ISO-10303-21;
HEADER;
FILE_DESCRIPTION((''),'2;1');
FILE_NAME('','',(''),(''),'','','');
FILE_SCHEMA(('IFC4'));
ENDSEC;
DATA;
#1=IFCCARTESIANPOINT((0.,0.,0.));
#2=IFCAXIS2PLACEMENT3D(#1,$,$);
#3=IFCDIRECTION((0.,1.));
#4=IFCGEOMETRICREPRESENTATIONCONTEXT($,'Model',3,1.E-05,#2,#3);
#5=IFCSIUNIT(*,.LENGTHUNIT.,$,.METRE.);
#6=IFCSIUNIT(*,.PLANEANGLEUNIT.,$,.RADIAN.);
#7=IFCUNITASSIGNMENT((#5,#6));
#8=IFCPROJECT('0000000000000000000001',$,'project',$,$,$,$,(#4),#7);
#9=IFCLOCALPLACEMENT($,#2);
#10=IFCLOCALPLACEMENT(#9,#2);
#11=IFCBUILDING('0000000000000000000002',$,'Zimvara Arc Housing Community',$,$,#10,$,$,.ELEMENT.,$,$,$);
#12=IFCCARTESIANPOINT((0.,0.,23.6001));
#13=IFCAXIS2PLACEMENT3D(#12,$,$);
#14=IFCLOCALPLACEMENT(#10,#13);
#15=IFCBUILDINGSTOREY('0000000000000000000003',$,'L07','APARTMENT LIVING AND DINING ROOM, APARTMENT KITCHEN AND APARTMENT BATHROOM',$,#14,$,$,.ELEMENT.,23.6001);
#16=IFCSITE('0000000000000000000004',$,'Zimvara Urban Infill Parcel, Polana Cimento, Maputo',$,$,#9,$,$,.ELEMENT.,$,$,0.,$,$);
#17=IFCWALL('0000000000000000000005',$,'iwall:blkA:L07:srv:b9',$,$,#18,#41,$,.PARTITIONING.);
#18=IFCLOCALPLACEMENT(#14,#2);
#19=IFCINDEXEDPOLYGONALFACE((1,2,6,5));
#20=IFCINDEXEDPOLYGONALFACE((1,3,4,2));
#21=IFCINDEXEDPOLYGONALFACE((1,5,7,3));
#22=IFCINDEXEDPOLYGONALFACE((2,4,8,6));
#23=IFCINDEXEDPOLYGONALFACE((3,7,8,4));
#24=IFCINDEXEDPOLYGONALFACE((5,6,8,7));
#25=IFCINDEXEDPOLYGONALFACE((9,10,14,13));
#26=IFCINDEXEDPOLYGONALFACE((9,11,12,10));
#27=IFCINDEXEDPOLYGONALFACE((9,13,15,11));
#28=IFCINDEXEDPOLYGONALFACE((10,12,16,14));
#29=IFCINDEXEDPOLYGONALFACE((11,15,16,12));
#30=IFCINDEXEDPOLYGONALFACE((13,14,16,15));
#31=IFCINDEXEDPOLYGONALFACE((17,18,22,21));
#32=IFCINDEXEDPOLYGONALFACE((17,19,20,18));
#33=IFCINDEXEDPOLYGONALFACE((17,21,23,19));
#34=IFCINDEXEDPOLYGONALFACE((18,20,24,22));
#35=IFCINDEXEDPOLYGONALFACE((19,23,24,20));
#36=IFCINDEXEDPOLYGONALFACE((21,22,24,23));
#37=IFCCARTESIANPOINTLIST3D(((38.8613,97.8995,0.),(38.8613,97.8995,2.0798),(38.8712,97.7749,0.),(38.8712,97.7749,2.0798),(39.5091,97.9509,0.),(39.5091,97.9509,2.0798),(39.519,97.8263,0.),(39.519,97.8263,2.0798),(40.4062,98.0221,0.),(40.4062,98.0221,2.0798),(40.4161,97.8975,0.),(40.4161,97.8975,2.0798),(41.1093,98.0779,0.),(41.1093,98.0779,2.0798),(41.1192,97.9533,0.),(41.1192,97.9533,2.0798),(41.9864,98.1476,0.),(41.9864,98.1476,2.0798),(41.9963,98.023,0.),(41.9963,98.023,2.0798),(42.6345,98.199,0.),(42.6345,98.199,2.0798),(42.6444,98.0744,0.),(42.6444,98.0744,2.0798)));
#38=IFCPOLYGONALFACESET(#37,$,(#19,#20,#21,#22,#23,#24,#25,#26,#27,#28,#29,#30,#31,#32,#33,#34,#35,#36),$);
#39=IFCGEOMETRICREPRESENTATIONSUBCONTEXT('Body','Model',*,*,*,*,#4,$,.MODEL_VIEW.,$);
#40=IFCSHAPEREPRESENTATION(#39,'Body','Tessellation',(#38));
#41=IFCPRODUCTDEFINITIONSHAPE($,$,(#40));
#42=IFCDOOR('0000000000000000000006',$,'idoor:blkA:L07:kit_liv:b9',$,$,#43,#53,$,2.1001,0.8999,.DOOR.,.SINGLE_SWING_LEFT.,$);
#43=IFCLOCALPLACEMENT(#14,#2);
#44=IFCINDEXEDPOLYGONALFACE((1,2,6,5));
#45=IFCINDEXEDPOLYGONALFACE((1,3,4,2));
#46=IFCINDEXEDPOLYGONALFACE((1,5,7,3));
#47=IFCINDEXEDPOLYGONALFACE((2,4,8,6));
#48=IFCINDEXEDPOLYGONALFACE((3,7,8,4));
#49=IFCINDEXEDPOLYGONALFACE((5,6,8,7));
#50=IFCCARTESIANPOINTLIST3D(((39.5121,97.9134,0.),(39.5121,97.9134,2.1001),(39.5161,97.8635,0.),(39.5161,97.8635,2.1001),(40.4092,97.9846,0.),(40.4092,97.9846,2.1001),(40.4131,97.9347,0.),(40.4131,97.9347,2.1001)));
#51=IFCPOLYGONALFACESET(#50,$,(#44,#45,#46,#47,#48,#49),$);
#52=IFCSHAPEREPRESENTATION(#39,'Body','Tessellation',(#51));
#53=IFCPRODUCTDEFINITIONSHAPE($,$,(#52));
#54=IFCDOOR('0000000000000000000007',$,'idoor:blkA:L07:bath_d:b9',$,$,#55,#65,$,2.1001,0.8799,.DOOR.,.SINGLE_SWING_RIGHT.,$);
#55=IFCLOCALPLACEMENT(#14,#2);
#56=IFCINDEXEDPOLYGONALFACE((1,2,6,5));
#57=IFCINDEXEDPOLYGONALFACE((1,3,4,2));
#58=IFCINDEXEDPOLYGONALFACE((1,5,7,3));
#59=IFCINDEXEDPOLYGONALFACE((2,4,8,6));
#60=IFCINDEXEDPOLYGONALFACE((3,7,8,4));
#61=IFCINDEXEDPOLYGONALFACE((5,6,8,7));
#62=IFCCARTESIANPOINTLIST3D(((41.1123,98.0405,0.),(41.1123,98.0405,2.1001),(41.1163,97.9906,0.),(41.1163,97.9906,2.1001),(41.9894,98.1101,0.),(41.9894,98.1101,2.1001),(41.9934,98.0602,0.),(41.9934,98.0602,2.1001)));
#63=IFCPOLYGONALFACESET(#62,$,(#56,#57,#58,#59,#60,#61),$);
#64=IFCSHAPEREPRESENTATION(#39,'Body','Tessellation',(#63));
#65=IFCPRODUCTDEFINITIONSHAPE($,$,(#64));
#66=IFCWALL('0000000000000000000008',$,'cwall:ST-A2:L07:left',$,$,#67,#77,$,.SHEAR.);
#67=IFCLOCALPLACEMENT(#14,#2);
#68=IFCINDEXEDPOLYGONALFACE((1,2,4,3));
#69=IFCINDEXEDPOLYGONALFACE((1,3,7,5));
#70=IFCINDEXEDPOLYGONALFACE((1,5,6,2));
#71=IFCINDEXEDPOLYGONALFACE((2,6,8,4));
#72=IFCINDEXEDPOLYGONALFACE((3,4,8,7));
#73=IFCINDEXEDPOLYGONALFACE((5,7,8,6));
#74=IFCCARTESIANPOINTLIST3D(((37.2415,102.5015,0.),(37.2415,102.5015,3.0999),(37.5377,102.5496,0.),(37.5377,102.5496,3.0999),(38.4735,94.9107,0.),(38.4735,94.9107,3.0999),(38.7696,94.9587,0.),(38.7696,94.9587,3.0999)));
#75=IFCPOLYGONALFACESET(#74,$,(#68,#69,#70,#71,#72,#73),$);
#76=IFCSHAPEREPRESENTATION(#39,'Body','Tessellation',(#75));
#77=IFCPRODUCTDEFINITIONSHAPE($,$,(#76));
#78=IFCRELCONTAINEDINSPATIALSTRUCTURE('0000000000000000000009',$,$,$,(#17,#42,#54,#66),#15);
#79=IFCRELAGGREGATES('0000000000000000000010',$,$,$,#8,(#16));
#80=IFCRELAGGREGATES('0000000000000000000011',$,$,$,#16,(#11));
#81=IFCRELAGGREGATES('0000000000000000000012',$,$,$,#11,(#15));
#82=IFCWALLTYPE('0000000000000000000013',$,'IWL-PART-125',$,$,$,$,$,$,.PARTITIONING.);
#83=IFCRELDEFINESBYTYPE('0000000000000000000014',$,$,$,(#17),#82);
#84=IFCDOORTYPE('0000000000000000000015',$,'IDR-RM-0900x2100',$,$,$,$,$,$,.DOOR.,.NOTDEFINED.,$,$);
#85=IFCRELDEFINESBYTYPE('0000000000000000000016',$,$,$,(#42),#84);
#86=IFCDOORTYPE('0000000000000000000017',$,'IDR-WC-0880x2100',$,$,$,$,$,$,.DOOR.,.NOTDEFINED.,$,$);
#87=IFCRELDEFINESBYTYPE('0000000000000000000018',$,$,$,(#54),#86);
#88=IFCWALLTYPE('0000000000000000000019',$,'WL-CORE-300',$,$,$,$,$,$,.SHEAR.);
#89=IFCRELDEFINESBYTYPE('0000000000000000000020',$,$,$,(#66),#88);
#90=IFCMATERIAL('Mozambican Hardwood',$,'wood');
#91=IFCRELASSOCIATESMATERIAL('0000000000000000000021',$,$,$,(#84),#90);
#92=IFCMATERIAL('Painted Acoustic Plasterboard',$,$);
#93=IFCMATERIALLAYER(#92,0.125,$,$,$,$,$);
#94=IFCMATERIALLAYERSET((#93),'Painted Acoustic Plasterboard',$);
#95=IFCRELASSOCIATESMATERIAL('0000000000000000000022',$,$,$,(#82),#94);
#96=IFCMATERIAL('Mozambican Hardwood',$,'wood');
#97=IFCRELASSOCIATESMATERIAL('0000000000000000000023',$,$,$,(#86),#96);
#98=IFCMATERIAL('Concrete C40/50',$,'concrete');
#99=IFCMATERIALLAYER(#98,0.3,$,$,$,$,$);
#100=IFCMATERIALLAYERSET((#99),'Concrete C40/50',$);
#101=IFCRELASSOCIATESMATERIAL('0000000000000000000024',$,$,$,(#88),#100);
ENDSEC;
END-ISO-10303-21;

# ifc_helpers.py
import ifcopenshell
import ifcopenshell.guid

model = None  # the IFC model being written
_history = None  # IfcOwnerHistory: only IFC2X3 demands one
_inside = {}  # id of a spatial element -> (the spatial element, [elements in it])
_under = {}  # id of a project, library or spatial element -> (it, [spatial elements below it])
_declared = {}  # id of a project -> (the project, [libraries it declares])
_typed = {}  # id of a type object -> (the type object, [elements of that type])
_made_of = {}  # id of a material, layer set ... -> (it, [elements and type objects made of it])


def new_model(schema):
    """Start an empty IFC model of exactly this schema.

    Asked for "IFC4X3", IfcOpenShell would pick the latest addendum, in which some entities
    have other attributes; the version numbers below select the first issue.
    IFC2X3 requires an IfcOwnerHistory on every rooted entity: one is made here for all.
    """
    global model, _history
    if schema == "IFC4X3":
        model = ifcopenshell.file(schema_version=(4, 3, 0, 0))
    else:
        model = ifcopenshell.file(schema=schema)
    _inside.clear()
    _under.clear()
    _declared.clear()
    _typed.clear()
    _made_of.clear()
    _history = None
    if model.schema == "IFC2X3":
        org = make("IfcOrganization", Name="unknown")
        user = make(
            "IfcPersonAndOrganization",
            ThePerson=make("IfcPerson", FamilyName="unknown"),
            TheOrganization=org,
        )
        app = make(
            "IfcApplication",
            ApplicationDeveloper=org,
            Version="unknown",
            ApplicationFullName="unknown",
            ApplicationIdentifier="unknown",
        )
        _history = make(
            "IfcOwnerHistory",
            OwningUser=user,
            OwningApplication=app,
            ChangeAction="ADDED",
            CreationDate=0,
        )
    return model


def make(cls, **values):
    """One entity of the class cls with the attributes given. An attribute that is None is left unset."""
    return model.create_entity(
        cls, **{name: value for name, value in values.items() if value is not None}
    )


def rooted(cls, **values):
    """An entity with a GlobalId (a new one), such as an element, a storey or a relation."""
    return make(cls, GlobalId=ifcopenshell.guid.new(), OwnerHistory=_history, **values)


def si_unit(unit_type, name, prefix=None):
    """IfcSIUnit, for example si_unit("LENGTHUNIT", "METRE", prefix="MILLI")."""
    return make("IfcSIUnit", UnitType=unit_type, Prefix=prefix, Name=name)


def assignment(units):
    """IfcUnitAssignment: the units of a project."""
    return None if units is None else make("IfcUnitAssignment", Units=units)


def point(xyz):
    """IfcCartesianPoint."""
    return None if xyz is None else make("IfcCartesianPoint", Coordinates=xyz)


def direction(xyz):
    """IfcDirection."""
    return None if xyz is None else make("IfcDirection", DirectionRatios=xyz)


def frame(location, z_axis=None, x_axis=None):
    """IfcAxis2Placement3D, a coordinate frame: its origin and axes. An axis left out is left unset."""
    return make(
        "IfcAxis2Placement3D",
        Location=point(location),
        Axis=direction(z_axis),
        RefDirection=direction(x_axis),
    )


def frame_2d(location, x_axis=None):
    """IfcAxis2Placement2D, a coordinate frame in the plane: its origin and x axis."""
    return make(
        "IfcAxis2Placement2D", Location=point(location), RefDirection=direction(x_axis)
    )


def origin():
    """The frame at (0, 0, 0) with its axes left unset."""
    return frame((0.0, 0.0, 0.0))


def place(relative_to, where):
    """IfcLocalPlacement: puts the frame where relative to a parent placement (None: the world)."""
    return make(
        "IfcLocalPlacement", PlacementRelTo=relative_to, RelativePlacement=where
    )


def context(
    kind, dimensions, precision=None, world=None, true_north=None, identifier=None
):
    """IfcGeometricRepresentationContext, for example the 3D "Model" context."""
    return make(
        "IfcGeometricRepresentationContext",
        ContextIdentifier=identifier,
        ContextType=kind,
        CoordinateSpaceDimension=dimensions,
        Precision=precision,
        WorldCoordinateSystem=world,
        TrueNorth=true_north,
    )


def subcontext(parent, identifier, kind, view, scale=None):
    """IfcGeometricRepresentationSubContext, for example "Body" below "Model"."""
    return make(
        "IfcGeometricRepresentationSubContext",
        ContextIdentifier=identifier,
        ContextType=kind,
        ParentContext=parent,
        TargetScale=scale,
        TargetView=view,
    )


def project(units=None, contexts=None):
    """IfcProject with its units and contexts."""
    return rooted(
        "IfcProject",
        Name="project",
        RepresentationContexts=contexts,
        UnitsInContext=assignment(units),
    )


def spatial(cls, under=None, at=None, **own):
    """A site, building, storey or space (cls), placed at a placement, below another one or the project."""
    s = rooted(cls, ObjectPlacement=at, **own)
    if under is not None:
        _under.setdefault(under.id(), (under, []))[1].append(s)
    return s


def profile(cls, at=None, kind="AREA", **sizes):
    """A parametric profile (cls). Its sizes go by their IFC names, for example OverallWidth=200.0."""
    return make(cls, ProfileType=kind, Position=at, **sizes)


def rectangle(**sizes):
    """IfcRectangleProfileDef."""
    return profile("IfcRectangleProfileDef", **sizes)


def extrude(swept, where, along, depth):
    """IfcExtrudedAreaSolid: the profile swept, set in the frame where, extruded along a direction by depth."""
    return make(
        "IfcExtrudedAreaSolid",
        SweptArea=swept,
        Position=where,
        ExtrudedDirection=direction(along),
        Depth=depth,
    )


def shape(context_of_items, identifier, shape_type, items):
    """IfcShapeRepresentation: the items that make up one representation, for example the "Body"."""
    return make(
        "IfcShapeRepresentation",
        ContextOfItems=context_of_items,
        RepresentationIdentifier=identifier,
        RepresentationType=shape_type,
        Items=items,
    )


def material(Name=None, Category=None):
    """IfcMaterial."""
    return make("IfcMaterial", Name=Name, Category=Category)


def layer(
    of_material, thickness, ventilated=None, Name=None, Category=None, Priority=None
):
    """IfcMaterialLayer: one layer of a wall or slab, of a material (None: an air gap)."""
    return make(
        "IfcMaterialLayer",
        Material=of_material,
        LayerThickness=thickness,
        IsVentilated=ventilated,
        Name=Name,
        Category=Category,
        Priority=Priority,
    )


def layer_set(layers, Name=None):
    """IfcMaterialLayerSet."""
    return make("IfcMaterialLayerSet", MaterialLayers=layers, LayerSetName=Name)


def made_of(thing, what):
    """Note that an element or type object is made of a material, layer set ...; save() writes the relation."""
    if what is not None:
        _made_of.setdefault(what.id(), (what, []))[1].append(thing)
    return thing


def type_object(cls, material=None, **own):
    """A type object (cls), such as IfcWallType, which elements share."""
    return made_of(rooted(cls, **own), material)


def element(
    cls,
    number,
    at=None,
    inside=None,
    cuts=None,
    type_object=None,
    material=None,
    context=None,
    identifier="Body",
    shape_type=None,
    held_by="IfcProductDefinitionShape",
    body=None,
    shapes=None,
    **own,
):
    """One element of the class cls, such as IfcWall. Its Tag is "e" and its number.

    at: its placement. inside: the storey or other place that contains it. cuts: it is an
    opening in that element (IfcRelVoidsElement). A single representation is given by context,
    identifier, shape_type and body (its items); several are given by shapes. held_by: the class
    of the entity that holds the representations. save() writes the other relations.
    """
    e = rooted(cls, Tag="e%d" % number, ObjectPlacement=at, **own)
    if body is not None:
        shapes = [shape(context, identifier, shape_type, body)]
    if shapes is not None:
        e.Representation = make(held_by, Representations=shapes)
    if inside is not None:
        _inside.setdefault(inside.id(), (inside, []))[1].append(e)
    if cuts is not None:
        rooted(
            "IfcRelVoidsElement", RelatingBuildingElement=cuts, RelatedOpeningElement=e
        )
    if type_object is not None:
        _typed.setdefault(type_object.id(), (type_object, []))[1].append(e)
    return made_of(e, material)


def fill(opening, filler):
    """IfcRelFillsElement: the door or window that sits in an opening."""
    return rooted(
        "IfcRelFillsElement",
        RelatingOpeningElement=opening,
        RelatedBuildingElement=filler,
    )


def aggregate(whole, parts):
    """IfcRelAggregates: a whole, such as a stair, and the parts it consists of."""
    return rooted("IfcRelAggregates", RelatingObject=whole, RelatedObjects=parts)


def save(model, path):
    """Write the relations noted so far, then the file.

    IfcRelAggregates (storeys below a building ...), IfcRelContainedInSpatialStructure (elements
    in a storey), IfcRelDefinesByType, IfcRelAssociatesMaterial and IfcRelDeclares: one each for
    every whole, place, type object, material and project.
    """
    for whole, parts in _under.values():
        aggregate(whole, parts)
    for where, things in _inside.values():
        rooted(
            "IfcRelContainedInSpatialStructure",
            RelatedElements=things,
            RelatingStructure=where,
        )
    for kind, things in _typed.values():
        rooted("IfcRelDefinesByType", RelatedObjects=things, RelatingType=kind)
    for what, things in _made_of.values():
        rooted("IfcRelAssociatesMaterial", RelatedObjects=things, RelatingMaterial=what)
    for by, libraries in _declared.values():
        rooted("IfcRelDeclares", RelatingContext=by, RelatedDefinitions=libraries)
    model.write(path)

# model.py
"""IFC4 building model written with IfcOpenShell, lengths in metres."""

from ifc_helpers import new_model, si_unit, direction, frame, frame_2d, origin, place, context, subcontext, project, spatial, rectangle, extrude, material, layer, layer_set, type_object, element, fill, save


model = new_model("IFC4")

# Units and contexts
model_context = context("Model", 3, precision=1e-05, world=origin(), true_north=direction((0.0, 1.0)))
body_context = subcontext(model_context, "Body", "Model", "MODEL_VIEW")
ifc_project = project(units=[si_unit("LENGTHUNIT", "METRE"), si_unit("PLANEANGLEUNIT", "RADIAN")], contexts=[model_context])

# Site, building, storey
site_placement = place(None, origin())
site = spatial("IfcSite", under=ifc_project, at=site_placement, Name="Zimvara Urban Infill Parcel, Polana Cimento, Maputo", CompositionType="ELEMENT", RefElevation=0.0)
building_placement = place(site_placement, origin())
building = spatial("IfcBuilding", under=site, at=building_placement, Name="Zimvara Arc Housing Community", CompositionType="ELEMENT")
storey_placement = place(building_placement, frame((0.0, 0.0, 23.6001)))
storey = spatial("IfcBuildingStorey", under=building, at=storey_placement, Name="L07", Description="APARTMENT LIVING AND DINING ROOM, APARTMENT KITCHEN AND APARTMENT BATHROOM", CompositionType="ELEMENT", Elevation=23.6001)

# Shared definitions
ifc_material_1 = material(Name="Mozambican Hardwood", Category="wood")
door_type_1 = type_object("IfcDoorType", Name="IDR-RM-0900x2100", OperationType="NOTDEFINED", PredefinedType="DOOR", material=ifc_material_1)

# Wall, openings, doors
ifc_material_2 = material(Name="Painted Acoustic Plasterboard")
ifc_layer_1 = layer(ifc_material_2, 0.125)
ifc_layer_set_1 = layer_set([ifc_layer_1], Name="Painted Acoustic Plasterboard")
wall_type_1 = type_object("IfcWallType", Name="IWL-PART-125", PredefinedType="PARTITIONING", material=ifc_layer_set_1)
wall_1_placement = place(storey_placement, frame((38.8662, 97.8372, 0.0), z_axis=(0.0, 0.0, 1.0), x_axis=(0.996863, 0.079143, 0.0)))
wall_1 = element("IfcWall", 1, at=wall_1_placement, inside=storey, type_object=wall_type_1, Name="iwall:blkA:L07:srv:b9", PredefinedType="PARTITIONING", context=body_context, shape_type="SweptSolid", body=[
    extrude(rectangle(XDim=3.7852, YDim=0.125, at=frame_2d((1.8926, 0.0))), origin(), (0.0, 0.0, 1.0), 2.0798),
])
opening_1_placement = place(wall_1_placement, frame((0.6499, 0.0, 0.0)))
opening_1 = element("IfcOpeningElement", 2, at=opening_1_placement, cuts=wall_1, PredefinedType="OPENING", context=body_context, shape_type="SweptSolid", body=[
    extrude(rectangle(XDim=0.8999, YDim=2.1001, at=frame_2d((0.45, 1.05))), frame((0.0, 0.0725, 0.0), z_axis=(0.0, -1.0, 0.0), x_axis=(1.0, 0.0, 0.0)), (0.0, 0.0, 1.0), 0.145),
])
opening_2_placement = place(wall_1_placement, frame((2.2551, 0.0, 0.0)))
opening_2 = element("IfcOpeningElement", 3, at=opening_2_placement, cuts=wall_1, PredefinedType="OPENING", context=body_context, shape_type="SweptSolid", body=[
    extrude(rectangle(XDim=0.8799, YDim=2.1001, at=frame_2d((0.4399, 1.05))), frame((0.0, 0.0725, 0.0), z_axis=(0.0, -1.0, 0.0), x_axis=(1.0, 0.0, 0.0)), (0.0, 0.0, 1.0), 0.145),
])
door_1_placement = place(opening_1_placement, origin())
door_1 = element("IfcDoor", 4, at=door_1_placement, inside=storey, type_object=door_type_1, Name="idoor:blkA:L07:kit_liv:b9", OperationType="SINGLE_SWING_LEFT", OverallHeight=2.1001, OverallWidth=0.8999, PredefinedType="DOOR", context=body_context, shape_type="SweptSolid", body=[
    extrude(rectangle(XDim=0.8999, YDim=2.1001, at=frame_2d((0.45, 1.05))), frame((0.0, 0.0249, 0.0), z_axis=(0.0, -1.0, 0.0), x_axis=(1.0, 0.0, 0.0)), (0.0, 0.0, 1.0), 0.05),
])
fill(opening_1, door_1)
ifc_material_3 = material(Name="Mozambican Hardwood", Category="wood")
door_type_2 = type_object("IfcDoorType", Name="IDR-WC-0880x2100", OperationType="NOTDEFINED", PredefinedType="DOOR", material=ifc_material_3)
door_2_placement = place(opening_2_placement, origin())
door_2 = element("IfcDoor", 5, at=door_2_placement, inside=storey, type_object=door_type_2, Name="idoor:blkA:L07:bath_d:b9", OperationType="SINGLE_SWING_RIGHT", OverallHeight=2.1001, OverallWidth=0.8799, PredefinedType="DOOR", context=body_context, shape_type="SweptSolid", body=[
    extrude(rectangle(XDim=0.8799, YDim=2.1001, at=frame_2d((0.4399, 1.05))), frame((0.0, 0.0249, 0.0), z_axis=(0.0, -1.0, 0.0), x_axis=(1.0, 0.0, 0.0)), (0.0, 0.0, 1.0), 0.05),
])
fill(opening_2, door_2)

# Shared definitions
ifc_material_4 = material(Name="Concrete C40/50", Category="concrete")
ifc_layer_2 = layer(ifc_material_4, 0.3)
ifc_layer_set_2 = layer_set([ifc_layer_2], Name="Concrete C40/50")
wall_type_2 = type_object("IfcWallType", Name="WL-CORE-300", PredefinedType="SHEAR", material=ifc_layer_set_2)

# Wall
wall_2_placement = place(storey_placement, frame((38.6216, 94.9346, 0.0), z_axis=(0.0, 0.0, 1.0), x_axis=(-0.160197, 0.987085, 0.0)))
element("IfcWall", 6, at=wall_2_placement, inside=storey, type_object=wall_type_2, Name="cwall:ST-A2:L07:left", PredefinedType="SHEAR", context=body_context, shape_type="SweptSolid", body=[
    extrude(rectangle(XDim=7.6902, YDim=0.3, at=frame_2d((3.8452, 0.0))), origin(), (0.0, 0.0, 1.0), 3.0999),
])

save(model, "model.ifc")
